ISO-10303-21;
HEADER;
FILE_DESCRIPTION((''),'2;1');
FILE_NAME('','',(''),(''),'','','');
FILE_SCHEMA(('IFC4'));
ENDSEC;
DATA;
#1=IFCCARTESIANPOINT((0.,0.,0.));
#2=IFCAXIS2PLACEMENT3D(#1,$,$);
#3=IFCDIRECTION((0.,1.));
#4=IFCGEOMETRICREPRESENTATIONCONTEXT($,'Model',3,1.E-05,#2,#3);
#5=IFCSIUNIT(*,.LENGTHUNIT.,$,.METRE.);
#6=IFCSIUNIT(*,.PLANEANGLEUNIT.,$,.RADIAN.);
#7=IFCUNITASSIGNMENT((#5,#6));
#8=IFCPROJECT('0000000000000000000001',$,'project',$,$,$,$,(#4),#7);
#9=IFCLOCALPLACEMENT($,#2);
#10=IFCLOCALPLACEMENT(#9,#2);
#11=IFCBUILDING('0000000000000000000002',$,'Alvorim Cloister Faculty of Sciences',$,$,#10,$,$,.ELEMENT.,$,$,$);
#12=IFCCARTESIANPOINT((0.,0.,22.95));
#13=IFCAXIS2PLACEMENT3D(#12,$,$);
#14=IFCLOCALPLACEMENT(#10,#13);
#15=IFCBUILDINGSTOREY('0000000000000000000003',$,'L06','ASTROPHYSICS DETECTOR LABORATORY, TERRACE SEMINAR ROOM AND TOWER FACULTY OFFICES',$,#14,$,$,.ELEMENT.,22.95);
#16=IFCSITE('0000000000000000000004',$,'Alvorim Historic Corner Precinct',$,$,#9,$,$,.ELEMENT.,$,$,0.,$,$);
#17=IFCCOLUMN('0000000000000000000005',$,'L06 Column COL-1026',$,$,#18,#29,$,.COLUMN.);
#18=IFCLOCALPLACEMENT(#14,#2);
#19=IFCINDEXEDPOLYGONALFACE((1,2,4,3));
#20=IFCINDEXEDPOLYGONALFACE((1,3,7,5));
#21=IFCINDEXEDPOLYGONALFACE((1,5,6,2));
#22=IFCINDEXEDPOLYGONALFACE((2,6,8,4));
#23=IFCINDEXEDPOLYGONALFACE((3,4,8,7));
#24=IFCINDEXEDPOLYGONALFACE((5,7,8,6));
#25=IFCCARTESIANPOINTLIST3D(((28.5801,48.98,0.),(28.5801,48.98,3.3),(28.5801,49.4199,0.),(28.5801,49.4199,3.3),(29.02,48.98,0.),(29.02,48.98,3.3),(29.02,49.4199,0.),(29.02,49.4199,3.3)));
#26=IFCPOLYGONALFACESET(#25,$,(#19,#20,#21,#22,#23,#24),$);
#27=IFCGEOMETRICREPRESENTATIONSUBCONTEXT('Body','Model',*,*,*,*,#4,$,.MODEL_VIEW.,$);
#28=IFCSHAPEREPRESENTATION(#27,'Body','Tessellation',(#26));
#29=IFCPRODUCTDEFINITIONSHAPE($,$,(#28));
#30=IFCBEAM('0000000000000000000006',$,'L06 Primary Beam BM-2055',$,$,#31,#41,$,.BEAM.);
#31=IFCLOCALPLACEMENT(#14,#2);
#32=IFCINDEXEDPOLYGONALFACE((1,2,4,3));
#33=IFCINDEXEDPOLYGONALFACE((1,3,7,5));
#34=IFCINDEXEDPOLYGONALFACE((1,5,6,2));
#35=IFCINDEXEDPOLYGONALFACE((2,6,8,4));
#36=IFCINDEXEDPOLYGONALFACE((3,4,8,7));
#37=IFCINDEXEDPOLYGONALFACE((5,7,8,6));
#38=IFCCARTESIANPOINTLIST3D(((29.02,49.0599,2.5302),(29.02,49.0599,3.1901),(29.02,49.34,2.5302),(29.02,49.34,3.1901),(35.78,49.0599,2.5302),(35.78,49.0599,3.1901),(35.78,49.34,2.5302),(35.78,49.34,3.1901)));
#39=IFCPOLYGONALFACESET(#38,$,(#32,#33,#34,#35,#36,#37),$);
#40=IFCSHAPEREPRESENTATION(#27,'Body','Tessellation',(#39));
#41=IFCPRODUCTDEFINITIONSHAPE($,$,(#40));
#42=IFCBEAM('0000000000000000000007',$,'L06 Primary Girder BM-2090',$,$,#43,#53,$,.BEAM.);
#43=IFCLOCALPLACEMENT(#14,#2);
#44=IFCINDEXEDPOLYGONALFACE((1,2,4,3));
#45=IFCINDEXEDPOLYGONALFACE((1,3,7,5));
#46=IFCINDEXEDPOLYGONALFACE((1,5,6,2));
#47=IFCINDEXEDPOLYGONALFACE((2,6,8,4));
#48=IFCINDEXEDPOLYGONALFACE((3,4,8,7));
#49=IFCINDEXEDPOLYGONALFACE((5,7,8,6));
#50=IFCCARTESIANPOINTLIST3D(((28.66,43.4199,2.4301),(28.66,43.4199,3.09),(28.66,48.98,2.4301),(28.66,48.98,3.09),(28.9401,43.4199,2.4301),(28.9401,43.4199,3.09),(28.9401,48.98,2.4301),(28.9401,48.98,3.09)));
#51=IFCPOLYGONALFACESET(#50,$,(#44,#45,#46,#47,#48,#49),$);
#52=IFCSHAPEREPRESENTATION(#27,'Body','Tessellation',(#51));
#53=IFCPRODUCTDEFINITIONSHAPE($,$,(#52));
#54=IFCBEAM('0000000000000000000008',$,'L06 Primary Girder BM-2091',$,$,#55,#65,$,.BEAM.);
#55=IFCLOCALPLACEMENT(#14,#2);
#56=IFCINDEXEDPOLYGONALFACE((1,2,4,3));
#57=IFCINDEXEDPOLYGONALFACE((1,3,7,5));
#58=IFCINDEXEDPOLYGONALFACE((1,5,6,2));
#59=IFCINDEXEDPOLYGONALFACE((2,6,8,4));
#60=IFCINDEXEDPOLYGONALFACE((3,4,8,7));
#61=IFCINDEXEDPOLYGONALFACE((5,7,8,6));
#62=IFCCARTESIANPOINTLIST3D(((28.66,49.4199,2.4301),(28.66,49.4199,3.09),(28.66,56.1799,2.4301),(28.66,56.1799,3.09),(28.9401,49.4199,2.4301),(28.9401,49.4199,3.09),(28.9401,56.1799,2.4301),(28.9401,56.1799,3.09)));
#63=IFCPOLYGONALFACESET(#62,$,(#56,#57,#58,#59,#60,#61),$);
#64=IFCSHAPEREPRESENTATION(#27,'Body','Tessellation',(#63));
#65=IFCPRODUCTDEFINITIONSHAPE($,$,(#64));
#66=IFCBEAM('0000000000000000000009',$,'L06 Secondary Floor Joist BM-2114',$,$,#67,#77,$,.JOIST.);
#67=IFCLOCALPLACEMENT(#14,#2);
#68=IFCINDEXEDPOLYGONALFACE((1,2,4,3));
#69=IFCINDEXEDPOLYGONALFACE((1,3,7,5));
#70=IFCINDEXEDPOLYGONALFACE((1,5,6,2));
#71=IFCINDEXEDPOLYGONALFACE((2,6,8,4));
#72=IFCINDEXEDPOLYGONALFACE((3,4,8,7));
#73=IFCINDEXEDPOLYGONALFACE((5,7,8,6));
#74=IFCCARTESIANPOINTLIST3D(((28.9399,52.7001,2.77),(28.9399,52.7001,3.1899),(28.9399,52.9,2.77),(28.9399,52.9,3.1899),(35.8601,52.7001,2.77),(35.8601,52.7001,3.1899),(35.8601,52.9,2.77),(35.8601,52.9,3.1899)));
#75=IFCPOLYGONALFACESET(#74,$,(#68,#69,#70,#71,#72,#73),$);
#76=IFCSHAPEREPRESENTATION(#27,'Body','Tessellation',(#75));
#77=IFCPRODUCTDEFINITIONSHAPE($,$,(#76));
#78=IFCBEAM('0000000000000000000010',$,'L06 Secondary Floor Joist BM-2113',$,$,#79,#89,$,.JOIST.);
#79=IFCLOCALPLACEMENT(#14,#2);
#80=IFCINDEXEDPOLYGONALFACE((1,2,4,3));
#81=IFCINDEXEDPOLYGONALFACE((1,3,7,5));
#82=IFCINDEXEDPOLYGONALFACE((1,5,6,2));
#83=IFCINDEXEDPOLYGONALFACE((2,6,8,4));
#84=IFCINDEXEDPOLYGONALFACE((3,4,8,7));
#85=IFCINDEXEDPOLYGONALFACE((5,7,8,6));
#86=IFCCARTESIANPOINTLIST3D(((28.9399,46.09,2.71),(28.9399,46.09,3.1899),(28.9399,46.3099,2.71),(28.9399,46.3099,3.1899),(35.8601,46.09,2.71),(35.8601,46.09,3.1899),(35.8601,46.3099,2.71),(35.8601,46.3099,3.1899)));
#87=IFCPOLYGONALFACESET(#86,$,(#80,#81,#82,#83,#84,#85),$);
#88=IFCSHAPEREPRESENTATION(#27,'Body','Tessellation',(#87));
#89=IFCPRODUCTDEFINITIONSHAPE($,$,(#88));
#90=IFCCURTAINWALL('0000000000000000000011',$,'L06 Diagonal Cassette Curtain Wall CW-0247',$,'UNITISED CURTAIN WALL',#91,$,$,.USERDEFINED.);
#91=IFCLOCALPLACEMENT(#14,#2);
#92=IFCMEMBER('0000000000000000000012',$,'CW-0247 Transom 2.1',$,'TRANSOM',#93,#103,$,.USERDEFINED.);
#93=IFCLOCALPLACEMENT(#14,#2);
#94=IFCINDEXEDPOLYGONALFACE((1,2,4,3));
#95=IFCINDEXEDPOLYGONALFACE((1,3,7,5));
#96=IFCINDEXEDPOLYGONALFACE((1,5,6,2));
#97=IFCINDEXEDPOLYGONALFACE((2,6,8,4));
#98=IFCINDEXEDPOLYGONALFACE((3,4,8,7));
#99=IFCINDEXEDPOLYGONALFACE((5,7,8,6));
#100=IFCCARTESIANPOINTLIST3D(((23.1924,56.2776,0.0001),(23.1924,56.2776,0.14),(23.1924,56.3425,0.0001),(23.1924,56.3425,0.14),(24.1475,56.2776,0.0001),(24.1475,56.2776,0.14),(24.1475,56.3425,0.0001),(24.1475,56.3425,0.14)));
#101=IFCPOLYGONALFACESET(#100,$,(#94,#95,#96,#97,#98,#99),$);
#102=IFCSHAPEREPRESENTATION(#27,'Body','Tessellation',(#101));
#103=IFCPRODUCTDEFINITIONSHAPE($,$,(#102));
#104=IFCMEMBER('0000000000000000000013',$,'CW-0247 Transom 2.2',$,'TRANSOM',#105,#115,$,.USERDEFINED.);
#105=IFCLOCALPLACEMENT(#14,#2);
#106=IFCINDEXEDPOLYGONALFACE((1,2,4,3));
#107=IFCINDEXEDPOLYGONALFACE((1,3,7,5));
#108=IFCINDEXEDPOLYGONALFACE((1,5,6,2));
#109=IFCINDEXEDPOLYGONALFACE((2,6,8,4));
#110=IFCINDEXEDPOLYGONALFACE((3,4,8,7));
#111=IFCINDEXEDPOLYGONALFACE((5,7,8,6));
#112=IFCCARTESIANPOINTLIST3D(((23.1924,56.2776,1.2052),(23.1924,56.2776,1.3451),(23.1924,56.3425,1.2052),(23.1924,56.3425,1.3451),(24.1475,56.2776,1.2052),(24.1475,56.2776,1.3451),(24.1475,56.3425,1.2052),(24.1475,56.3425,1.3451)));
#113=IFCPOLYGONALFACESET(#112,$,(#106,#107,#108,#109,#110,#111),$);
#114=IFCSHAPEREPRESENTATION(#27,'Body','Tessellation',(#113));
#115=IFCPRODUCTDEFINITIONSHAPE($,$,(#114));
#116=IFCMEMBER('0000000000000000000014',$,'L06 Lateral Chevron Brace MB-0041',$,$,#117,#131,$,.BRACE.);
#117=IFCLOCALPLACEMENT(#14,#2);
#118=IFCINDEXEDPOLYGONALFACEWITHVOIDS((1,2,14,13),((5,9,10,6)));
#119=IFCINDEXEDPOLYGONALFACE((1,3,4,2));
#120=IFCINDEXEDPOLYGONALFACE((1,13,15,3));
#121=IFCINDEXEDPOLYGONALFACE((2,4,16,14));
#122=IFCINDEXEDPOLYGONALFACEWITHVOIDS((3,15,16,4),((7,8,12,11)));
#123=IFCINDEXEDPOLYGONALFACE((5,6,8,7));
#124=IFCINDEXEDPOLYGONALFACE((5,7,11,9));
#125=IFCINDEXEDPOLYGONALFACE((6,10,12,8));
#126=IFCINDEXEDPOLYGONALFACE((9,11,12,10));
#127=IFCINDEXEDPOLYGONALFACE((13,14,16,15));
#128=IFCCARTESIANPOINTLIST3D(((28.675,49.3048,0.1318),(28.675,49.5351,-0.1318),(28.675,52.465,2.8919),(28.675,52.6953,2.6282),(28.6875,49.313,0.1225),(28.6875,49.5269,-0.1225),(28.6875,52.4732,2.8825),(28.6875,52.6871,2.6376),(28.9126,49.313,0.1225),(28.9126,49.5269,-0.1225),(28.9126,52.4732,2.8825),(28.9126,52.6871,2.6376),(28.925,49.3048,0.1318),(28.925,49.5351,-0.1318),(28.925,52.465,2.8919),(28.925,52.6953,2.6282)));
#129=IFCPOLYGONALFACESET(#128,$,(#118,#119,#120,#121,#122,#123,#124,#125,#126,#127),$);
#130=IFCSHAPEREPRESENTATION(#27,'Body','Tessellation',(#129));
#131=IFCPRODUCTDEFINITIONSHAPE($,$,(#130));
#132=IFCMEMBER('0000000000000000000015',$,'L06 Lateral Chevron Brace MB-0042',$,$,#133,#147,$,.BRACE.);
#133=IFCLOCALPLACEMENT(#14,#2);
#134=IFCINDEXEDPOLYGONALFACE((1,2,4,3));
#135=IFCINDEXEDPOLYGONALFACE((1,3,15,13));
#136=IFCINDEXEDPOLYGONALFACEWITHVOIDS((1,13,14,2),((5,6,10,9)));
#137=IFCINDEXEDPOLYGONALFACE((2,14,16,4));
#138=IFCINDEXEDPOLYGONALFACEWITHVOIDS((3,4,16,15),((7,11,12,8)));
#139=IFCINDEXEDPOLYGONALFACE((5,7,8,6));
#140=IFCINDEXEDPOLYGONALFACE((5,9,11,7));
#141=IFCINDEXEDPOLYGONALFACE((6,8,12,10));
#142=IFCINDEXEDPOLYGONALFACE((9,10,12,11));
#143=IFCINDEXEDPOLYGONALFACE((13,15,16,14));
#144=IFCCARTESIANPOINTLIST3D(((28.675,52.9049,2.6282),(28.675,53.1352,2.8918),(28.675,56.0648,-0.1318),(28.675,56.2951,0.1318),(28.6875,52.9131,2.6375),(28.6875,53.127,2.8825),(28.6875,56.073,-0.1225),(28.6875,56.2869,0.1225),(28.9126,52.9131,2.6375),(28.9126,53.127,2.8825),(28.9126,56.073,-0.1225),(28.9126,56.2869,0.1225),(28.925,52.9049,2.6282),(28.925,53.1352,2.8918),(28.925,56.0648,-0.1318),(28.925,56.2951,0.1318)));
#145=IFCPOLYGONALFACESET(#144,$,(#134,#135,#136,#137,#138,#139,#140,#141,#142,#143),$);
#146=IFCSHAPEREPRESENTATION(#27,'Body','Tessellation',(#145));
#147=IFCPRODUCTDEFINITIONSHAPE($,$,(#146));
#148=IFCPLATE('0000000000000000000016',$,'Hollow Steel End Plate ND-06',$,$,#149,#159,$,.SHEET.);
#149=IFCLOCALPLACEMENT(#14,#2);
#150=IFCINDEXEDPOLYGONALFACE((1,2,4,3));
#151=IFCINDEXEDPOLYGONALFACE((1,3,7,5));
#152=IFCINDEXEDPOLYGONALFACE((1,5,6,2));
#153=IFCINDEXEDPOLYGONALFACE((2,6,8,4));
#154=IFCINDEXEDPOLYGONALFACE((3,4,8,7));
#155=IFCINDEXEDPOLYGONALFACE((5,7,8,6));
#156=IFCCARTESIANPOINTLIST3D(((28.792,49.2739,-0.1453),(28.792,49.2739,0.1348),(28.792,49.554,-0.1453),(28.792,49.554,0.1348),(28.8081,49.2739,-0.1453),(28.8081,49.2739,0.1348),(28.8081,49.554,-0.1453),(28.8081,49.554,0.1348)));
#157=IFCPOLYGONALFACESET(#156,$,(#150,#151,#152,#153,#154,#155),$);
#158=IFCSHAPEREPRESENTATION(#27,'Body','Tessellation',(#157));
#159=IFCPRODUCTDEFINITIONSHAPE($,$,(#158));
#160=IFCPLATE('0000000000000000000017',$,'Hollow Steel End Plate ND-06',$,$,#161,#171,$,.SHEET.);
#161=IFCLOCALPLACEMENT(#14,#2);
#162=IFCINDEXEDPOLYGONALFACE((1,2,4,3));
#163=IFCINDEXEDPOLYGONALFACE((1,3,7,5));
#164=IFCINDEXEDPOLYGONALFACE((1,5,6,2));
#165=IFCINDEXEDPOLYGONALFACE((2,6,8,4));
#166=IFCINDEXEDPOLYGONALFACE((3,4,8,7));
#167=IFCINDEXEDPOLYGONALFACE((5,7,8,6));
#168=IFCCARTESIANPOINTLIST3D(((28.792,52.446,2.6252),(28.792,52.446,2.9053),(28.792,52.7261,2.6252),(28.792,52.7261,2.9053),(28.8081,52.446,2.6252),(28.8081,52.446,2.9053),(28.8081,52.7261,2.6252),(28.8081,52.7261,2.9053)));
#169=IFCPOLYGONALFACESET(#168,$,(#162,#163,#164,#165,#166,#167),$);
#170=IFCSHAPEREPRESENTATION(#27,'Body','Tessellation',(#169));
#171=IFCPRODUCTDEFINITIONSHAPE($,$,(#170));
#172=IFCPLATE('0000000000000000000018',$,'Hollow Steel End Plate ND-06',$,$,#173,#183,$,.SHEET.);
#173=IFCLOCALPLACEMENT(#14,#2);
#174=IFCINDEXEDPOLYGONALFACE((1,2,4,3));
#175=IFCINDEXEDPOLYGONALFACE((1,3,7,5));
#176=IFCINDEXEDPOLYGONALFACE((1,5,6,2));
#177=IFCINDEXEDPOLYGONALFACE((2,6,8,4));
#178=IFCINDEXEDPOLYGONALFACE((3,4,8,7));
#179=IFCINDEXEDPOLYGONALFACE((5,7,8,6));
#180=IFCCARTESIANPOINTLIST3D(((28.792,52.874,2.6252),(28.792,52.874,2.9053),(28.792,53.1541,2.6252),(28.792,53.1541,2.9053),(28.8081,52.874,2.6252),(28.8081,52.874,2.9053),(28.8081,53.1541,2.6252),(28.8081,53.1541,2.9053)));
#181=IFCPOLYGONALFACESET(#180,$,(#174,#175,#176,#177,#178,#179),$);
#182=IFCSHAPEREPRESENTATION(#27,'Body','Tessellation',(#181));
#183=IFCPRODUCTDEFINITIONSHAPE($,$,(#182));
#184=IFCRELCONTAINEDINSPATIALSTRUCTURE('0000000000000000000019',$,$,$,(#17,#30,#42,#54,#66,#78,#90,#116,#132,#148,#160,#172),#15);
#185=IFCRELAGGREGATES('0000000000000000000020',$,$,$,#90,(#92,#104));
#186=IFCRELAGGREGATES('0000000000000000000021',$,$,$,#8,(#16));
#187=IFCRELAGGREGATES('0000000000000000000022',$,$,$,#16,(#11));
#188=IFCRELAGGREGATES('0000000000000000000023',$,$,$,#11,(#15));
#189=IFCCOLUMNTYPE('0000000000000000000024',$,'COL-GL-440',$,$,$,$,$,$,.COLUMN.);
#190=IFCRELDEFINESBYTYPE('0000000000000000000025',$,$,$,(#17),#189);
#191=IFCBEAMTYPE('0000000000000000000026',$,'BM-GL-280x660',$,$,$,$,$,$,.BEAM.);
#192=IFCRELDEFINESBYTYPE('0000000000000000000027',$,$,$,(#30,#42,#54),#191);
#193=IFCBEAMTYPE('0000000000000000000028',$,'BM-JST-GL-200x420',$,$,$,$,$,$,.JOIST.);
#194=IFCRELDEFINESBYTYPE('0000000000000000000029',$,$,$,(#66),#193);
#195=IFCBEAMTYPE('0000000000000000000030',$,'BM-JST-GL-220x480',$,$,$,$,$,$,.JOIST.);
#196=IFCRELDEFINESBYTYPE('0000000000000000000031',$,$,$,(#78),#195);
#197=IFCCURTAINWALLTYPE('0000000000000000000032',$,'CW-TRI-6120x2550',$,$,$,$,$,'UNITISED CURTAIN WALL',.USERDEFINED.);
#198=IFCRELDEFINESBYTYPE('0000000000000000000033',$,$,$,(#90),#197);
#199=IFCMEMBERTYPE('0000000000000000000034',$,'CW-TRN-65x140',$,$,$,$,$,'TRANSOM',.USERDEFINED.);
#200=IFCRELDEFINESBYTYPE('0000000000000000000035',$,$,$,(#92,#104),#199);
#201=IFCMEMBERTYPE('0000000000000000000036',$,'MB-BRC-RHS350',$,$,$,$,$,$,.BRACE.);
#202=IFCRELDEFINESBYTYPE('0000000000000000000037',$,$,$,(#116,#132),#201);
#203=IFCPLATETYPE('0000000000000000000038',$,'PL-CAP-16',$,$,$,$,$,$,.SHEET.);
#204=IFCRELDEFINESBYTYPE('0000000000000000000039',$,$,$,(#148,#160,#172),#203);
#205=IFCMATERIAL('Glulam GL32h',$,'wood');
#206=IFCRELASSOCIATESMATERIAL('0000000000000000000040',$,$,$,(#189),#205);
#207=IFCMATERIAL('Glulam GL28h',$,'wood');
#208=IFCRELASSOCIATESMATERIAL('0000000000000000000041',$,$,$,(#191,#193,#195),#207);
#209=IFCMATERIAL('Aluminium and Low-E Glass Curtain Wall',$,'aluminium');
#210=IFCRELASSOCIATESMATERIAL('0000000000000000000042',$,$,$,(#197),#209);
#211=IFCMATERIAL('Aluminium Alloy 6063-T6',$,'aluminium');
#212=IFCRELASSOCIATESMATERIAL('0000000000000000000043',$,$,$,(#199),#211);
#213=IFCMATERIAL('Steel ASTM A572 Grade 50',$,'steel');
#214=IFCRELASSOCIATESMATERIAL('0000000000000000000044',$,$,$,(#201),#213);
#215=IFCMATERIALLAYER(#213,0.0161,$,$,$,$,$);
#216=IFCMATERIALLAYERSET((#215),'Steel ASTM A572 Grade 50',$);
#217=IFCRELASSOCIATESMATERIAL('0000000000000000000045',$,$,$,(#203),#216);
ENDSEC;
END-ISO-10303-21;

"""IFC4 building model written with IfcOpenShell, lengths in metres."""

from ifc_helpers import new_model, si_unit, direction, frame, origin, origin_2d, place, context, subcontext, project, spatial, polyline, rectangle, hollow_rectangle, outline, extrude, material, layer, layer_set, material_profile, profile_set, type_object, element, aggregate, save


model = new_model("IFC4")

# Units and contexts
model_context = context("Model", 3, precision=1e-05, world=origin(), true_north=direction((0.0, 1.0)))
body_context = subcontext(model_context, "Body", "Model", "MODEL_VIEW")
ifc_project = project(units=[si_unit("LENGTHUNIT", "METRE"), si_unit("PLANEANGLEUNIT", "RADIAN")], contexts=[model_context])

# Site, building, storey
site_placement = place(None, origin())
site = spatial("IfcSite", under=ifc_project, at=site_placement, Name="Alvorim Historic Corner Precinct", CompositionType="ELEMENT", RefElevation=0.0)
building_placement = place(site_placement, origin())
building = spatial("IfcBuilding", under=site, at=building_placement, Name="Alvorim Cloister Faculty of Sciences", CompositionType="ELEMENT")
storey_placement = place(building_placement, frame((0.0, 0.0, 22.95)))
storey = spatial("IfcBuildingStorey", under=building, at=storey_placement, Name="L06", Description="ASTROPHYSICS DETECTOR LABORATORY, TERRACE SEMINAR ROOM AND TOWER FACULTY OFFICES", CompositionType="ELEMENT", Elevation=22.95)

# Column
ifc_material_1 = material(Name="Glulam GL32h", Category="wood")
ifc_material_profile_1 = material_profile(ifc_material_1, rectangle(XDim=0.4399, YDim=0.4399, at=origin_2d()), Name="GL32-COL-440x440")
ifc_profile_set_1 = profile_set([ifc_material_profile_1], Name="Glulam GL32h")
column_type = type_object("IfcColumnType", Name="COL-GL-440", PredefinedType="COLUMN", material=ifc_profile_set_1)
column_placement = place(storey_placement, frame((28.8, 49.2, 0.0), z_axis=(0.0, 0.0, 1.0), x_axis=(1.0, 0.0, 0.0)))
element("IfcColumn", 1, at=column_placement, inside=storey, type_object=column_type, Name="L06 Column COL-1026", PredefinedType="COLUMN", context=body_context, shape_type="SweptSolid", body=[
    extrude(rectangle(XDim=0.4399, YDim=0.4399, at=origin_2d()), origin(), (0.0, 0.0, 1.0), 3.3),
])

# Beams
ifc_material_2 = material(Name="Glulam GL28h", Category="wood")
ifc_material_profile_2 = material_profile(ifc_material_2, rectangle(XDim=0.28, YDim=0.6599, at=origin_2d()), Name="GL28-BM-280x660")
ifc_profile_set_2 = profile_set([ifc_material_profile_2], Name="Glulam GL28h")
beam_type_1 = type_object("IfcBeamType", Name="BM-GL-280x660", PredefinedType="BEAM", material=ifc_profile_set_2)
beam_1_placement = place(storey_placement, frame((29.02, 49.2, 2.8601), z_axis=(1.0, 0.0, 0.0), x_axis=(0.0, 1.0, 0.0)))
element("IfcBeam", 2, at=beam_1_placement, inside=storey, type_object=beam_type_1, Name="L06 Primary Beam BM-2055", PredefinedType="BEAM", context=body_context, shape_type="SweptSolid", body=[
    extrude(rectangle(XDim=0.28, YDim=0.6599, at=origin_2d()), origin(), (0.0, 0.0, 1.0), 6.76),
])
beam_2_placement = place(storey_placement, frame((28.8, 43.4199, 2.76), z_axis=(0.0, 1.0, 0.0), x_axis=(-1.0, 0.0, 0.0)))
element("IfcBeam", 3, at=beam_2_placement, inside=storey, type_object=beam_type_1, Name="L06 Primary Girder BM-2090", PredefinedType="BEAM", context=body_context, shape_type="SweptSolid", body=[
    extrude(rectangle(XDim=0.28, YDim=0.6599, at=origin_2d()), origin(), (0.0, 0.0, 1.0), 5.5601),
])
beam_3_placement = place(storey_placement, frame((28.8, 49.4199, 2.76), z_axis=(0.0, 1.0, 0.0), x_axis=(-1.0, 0.0, 0.0)))
element("IfcBeam", 4, at=beam_3_placement, inside=storey, type_object=beam_type_1, Name="L06 Primary Girder BM-2091", PredefinedType="BEAM", context=body_context, shape_type="SweptSolid", body=[
    extrude(rectangle(XDim=0.28, YDim=0.6599, at=origin_2d()), origin(), (0.0, 0.0, 1.0), 6.76),
])
ifc_material_profile_3 = material_profile(ifc_material_2, rectangle(XDim=0.2, YDim=0.4199, at=origin_2d()), Name="GL28-JST-200x420")
ifc_profile_set_3 = profile_set([ifc_material_profile_3], Name="Glulam GL28h")
beam_type_2 = type_object("IfcBeamType", Name="BM-JST-GL-200x420", PredefinedType="JOIST", material=ifc_profile_set_3)
beam_4_placement = place(storey_placement, frame((28.9399, 52.8, 2.98), z_axis=(1.0, 0.0, 0.0), x_axis=(0.0, 1.0, 0.0)))
element("IfcBeam", 5, at=beam_4_placement, inside=storey, type_object=beam_type_2, Name="L06 Secondary Floor Joist BM-2114", PredefinedType="JOIST", context=body_context, shape_type="SweptSolid", body=[
    extrude(rectangle(XDim=0.2, YDim=0.4199, at=origin_2d()), origin(), (0.0, 0.0, 1.0), 6.9202),
])
ifc_material_profile_4 = material_profile(ifc_material_2, rectangle(XDim=0.22, YDim=0.48, at=origin_2d()), Name="GL28-JST-220x480")
ifc_profile_set_4 = profile_set([ifc_material_profile_4], Name="Glulam GL28h")
beam_type_3 = type_object("IfcBeamType", Name="BM-JST-GL-220x480", PredefinedType="JOIST", material=ifc_profile_set_4)
beam_5_placement = place(storey_placement, frame((28.9399, 46.2, 2.95), z_axis=(1.0, 0.0, 0.0), x_axis=(0.0, 1.0, 0.0)))
element("IfcBeam", 6, at=beam_5_placement, inside=storey, type_object=beam_type_3, Name="L06 Secondary Floor Joist BM-2113", PredefinedType="JOIST", context=body_context, shape_type="SweptSolid", body=[
    extrude(rectangle(XDim=0.22, YDim=0.48, at=origin_2d()), origin(), (0.0, 0.0, 1.0), 6.9202),
])

# Curtain wall, members
ifc_material_3 = material(Name="Aluminium and Low-E Glass Curtain Wall", Category="aluminium")
curtain_wall_type = type_object("IfcCurtainWallType", Name="CW-TRI-6120x2550", ElementType="UNITISED CURTAIN WALL", PredefinedType="USERDEFINED", material=ifc_material_3)
curtain_wall_placement = place(storey_placement, origin())
curtain_wall = element("IfcCurtainWall", 7, at=curtain_wall_placement, inside=storey, type_object=curtain_wall_type, Name="L06 Diagonal Cassette Curtain Wall CW-0247", ObjectType="UNITISED CURTAIN WALL", PredefinedType="USERDEFINED")
ifc_material_4 = material(Name="Aluminium Alloy 6063-T6", Category="aluminium")
ifc_material_profile_5 = material_profile(ifc_material_4, rectangle(XDim=0.0649, YDim=0.1399, at=origin_2d()), Name="ALU-TRN-65x140")
ifc_profile_set_5 = profile_set([ifc_material_profile_5], Name="Aluminium Alloy 6063-T6")
member_type_1 = type_object("IfcMemberType", Name="CW-TRN-65x140", ElementType="TRANSOM", PredefinedType="USERDEFINED", material=ifc_profile_set_5)
member_1_placement = place(storey_placement, frame((23.1924, 56.3101, 0.0701), z_axis=(1.0, 0.0, 0.0), x_axis=(0.0, 1.0, 0.0)))
member_1 = element("IfcMember", 8, at=member_1_placement, type_object=member_type_1, Name="CW-0247 Transom 2.1", ObjectType="TRANSOM", PredefinedType="USERDEFINED", context=body_context, shape_type="SweptSolid", body=[
    extrude(rectangle(XDim=0.0649, YDim=0.1399, at=origin_2d()), origin(), (0.0, 0.0, 1.0), 0.9551),
])
member_2_placement = place(storey_placement, frame((23.1924, 56.3101, 1.2751), z_axis=(1.0, 0.0, 0.0), x_axis=(0.0, 1.0, 0.0)))
member_2 = element("IfcMember", 9, at=member_2_placement, type_object=member_type_1, Name="CW-0247 Transom 2.2", ObjectType="TRANSOM", PredefinedType="USERDEFINED", context=body_context, shape_type="SweptSolid", body=[
    extrude(rectangle(XDim=0.0649, YDim=0.1399, at=origin_2d()), origin(), (0.0, 0.0, 1.0), 0.9551),
])
aggregate(curtain_wall, [member_1, member_2])

# Members
ifc_material_5 = material(Name="Steel ASTM A572 Grade 50", Category="steel")
ifc_material_profile_6 = material_profile(ifc_material_5, hollow_rectangle(XDim=0.25, YDim=0.3501, WallThickness=0.0125, at=origin_2d()), Name="RHS350x250x12.5")
ifc_profile_set_6 = profile_set([ifc_material_profile_6], Name="Steel ASTM A572 Grade 50")
member_type_2 = type_object("IfcMemberType", Name="MB-BRC-RHS350", PredefinedType="BRACE", material=ifc_profile_set_6)
member_3_placement = place(storey_placement, frame((28.8, 49.4199, 0.0), z_axis=(0.0, 0.753182, 0.657812), x_axis=(-1.0, 0.0, 0.0)))
element("IfcMember", 10, at=member_3_placement, inside=storey, type_object=member_type_2, Name="L06 Lateral Chevron Brace MB-0041", PredefinedType="BRACE", context=body_context, shape_type="SweptSolid", body=[
    extrude(hollow_rectangle(XDim=0.25, YDim=0.3501, WallThickness=0.0125, at=origin_2d()), origin(), (0.0, 0.0, 1.0), 4.1958),
])
member_4_placement = place(storey_placement, frame((28.8, 56.1799, 0.0), z_axis=(0.0, -0.753157, 0.657841), x_axis=(1.0, 0.0, 0.0)))
element("IfcMember", 11, at=member_4_placement, inside=storey, type_object=member_type_2, Name="L06 Lateral Chevron Brace MB-0042", PredefinedType="BRACE", context=body_context, shape_type="SweptSolid", body=[
    extrude(hollow_rectangle(XDim=0.25, YDim=0.3501, WallThickness=0.0125, at=origin_2d()), origin(), (0.0, 0.0, 1.0), 4.1956),
])

# Plates
ifc_layer_1 = layer(ifc_material_5, 0.0161)
ifc_layer_set_1 = layer_set([ifc_layer_1], Name="Steel ASTM A572 Grade 50")
plate_type = type_object("IfcPlateType", Name="PL-CAP-16", PredefinedType="SHEET", material=ifc_layer_set_1)
for number, where, z_axis, x_axis, name in (
    (12, (28.8, 49.2739, -0.1453), (0.0, 0.0, 1.0), (0.0, 1.0, 0.0), "Hollow Steel End Plate ND-06"),
    (13, (28.8, 52.446, 2.6252), (0.0, 0.0, 1.0), (0.0, 1.0, 0.0), "Hollow Steel End Plate ND-06"),
    (14, (28.8, 53.1541, 2.6252), (0.0, 0.0, 1.0), (0.0, -1.0, 0.0), "Hollow Steel End Plate ND-06"),
):
    element("IfcPlate", number, at=place(storey_placement, frame(where, z_axis=z_axis, x_axis=x_axis)), inside=storey, type_object=plate_type, Name=name, PredefinedType="SHEET", context=body_context, shape_type="SweptSolid", body=[
        extrude(outline(polyline([(0.0, 0.0), (0.28, 0.0), (0.28, 0.28), (0.0, 0.28), (0.0, 0.0)])), frame((0.0, 0.0081, 0.0), z_axis=(0.0, -1.0, 0.0), x_axis=(1.0, 0.0, 0.0)), (0.0, 0.0, 1.0), 0.0161),
    ])

save(model, "model.ifc")
